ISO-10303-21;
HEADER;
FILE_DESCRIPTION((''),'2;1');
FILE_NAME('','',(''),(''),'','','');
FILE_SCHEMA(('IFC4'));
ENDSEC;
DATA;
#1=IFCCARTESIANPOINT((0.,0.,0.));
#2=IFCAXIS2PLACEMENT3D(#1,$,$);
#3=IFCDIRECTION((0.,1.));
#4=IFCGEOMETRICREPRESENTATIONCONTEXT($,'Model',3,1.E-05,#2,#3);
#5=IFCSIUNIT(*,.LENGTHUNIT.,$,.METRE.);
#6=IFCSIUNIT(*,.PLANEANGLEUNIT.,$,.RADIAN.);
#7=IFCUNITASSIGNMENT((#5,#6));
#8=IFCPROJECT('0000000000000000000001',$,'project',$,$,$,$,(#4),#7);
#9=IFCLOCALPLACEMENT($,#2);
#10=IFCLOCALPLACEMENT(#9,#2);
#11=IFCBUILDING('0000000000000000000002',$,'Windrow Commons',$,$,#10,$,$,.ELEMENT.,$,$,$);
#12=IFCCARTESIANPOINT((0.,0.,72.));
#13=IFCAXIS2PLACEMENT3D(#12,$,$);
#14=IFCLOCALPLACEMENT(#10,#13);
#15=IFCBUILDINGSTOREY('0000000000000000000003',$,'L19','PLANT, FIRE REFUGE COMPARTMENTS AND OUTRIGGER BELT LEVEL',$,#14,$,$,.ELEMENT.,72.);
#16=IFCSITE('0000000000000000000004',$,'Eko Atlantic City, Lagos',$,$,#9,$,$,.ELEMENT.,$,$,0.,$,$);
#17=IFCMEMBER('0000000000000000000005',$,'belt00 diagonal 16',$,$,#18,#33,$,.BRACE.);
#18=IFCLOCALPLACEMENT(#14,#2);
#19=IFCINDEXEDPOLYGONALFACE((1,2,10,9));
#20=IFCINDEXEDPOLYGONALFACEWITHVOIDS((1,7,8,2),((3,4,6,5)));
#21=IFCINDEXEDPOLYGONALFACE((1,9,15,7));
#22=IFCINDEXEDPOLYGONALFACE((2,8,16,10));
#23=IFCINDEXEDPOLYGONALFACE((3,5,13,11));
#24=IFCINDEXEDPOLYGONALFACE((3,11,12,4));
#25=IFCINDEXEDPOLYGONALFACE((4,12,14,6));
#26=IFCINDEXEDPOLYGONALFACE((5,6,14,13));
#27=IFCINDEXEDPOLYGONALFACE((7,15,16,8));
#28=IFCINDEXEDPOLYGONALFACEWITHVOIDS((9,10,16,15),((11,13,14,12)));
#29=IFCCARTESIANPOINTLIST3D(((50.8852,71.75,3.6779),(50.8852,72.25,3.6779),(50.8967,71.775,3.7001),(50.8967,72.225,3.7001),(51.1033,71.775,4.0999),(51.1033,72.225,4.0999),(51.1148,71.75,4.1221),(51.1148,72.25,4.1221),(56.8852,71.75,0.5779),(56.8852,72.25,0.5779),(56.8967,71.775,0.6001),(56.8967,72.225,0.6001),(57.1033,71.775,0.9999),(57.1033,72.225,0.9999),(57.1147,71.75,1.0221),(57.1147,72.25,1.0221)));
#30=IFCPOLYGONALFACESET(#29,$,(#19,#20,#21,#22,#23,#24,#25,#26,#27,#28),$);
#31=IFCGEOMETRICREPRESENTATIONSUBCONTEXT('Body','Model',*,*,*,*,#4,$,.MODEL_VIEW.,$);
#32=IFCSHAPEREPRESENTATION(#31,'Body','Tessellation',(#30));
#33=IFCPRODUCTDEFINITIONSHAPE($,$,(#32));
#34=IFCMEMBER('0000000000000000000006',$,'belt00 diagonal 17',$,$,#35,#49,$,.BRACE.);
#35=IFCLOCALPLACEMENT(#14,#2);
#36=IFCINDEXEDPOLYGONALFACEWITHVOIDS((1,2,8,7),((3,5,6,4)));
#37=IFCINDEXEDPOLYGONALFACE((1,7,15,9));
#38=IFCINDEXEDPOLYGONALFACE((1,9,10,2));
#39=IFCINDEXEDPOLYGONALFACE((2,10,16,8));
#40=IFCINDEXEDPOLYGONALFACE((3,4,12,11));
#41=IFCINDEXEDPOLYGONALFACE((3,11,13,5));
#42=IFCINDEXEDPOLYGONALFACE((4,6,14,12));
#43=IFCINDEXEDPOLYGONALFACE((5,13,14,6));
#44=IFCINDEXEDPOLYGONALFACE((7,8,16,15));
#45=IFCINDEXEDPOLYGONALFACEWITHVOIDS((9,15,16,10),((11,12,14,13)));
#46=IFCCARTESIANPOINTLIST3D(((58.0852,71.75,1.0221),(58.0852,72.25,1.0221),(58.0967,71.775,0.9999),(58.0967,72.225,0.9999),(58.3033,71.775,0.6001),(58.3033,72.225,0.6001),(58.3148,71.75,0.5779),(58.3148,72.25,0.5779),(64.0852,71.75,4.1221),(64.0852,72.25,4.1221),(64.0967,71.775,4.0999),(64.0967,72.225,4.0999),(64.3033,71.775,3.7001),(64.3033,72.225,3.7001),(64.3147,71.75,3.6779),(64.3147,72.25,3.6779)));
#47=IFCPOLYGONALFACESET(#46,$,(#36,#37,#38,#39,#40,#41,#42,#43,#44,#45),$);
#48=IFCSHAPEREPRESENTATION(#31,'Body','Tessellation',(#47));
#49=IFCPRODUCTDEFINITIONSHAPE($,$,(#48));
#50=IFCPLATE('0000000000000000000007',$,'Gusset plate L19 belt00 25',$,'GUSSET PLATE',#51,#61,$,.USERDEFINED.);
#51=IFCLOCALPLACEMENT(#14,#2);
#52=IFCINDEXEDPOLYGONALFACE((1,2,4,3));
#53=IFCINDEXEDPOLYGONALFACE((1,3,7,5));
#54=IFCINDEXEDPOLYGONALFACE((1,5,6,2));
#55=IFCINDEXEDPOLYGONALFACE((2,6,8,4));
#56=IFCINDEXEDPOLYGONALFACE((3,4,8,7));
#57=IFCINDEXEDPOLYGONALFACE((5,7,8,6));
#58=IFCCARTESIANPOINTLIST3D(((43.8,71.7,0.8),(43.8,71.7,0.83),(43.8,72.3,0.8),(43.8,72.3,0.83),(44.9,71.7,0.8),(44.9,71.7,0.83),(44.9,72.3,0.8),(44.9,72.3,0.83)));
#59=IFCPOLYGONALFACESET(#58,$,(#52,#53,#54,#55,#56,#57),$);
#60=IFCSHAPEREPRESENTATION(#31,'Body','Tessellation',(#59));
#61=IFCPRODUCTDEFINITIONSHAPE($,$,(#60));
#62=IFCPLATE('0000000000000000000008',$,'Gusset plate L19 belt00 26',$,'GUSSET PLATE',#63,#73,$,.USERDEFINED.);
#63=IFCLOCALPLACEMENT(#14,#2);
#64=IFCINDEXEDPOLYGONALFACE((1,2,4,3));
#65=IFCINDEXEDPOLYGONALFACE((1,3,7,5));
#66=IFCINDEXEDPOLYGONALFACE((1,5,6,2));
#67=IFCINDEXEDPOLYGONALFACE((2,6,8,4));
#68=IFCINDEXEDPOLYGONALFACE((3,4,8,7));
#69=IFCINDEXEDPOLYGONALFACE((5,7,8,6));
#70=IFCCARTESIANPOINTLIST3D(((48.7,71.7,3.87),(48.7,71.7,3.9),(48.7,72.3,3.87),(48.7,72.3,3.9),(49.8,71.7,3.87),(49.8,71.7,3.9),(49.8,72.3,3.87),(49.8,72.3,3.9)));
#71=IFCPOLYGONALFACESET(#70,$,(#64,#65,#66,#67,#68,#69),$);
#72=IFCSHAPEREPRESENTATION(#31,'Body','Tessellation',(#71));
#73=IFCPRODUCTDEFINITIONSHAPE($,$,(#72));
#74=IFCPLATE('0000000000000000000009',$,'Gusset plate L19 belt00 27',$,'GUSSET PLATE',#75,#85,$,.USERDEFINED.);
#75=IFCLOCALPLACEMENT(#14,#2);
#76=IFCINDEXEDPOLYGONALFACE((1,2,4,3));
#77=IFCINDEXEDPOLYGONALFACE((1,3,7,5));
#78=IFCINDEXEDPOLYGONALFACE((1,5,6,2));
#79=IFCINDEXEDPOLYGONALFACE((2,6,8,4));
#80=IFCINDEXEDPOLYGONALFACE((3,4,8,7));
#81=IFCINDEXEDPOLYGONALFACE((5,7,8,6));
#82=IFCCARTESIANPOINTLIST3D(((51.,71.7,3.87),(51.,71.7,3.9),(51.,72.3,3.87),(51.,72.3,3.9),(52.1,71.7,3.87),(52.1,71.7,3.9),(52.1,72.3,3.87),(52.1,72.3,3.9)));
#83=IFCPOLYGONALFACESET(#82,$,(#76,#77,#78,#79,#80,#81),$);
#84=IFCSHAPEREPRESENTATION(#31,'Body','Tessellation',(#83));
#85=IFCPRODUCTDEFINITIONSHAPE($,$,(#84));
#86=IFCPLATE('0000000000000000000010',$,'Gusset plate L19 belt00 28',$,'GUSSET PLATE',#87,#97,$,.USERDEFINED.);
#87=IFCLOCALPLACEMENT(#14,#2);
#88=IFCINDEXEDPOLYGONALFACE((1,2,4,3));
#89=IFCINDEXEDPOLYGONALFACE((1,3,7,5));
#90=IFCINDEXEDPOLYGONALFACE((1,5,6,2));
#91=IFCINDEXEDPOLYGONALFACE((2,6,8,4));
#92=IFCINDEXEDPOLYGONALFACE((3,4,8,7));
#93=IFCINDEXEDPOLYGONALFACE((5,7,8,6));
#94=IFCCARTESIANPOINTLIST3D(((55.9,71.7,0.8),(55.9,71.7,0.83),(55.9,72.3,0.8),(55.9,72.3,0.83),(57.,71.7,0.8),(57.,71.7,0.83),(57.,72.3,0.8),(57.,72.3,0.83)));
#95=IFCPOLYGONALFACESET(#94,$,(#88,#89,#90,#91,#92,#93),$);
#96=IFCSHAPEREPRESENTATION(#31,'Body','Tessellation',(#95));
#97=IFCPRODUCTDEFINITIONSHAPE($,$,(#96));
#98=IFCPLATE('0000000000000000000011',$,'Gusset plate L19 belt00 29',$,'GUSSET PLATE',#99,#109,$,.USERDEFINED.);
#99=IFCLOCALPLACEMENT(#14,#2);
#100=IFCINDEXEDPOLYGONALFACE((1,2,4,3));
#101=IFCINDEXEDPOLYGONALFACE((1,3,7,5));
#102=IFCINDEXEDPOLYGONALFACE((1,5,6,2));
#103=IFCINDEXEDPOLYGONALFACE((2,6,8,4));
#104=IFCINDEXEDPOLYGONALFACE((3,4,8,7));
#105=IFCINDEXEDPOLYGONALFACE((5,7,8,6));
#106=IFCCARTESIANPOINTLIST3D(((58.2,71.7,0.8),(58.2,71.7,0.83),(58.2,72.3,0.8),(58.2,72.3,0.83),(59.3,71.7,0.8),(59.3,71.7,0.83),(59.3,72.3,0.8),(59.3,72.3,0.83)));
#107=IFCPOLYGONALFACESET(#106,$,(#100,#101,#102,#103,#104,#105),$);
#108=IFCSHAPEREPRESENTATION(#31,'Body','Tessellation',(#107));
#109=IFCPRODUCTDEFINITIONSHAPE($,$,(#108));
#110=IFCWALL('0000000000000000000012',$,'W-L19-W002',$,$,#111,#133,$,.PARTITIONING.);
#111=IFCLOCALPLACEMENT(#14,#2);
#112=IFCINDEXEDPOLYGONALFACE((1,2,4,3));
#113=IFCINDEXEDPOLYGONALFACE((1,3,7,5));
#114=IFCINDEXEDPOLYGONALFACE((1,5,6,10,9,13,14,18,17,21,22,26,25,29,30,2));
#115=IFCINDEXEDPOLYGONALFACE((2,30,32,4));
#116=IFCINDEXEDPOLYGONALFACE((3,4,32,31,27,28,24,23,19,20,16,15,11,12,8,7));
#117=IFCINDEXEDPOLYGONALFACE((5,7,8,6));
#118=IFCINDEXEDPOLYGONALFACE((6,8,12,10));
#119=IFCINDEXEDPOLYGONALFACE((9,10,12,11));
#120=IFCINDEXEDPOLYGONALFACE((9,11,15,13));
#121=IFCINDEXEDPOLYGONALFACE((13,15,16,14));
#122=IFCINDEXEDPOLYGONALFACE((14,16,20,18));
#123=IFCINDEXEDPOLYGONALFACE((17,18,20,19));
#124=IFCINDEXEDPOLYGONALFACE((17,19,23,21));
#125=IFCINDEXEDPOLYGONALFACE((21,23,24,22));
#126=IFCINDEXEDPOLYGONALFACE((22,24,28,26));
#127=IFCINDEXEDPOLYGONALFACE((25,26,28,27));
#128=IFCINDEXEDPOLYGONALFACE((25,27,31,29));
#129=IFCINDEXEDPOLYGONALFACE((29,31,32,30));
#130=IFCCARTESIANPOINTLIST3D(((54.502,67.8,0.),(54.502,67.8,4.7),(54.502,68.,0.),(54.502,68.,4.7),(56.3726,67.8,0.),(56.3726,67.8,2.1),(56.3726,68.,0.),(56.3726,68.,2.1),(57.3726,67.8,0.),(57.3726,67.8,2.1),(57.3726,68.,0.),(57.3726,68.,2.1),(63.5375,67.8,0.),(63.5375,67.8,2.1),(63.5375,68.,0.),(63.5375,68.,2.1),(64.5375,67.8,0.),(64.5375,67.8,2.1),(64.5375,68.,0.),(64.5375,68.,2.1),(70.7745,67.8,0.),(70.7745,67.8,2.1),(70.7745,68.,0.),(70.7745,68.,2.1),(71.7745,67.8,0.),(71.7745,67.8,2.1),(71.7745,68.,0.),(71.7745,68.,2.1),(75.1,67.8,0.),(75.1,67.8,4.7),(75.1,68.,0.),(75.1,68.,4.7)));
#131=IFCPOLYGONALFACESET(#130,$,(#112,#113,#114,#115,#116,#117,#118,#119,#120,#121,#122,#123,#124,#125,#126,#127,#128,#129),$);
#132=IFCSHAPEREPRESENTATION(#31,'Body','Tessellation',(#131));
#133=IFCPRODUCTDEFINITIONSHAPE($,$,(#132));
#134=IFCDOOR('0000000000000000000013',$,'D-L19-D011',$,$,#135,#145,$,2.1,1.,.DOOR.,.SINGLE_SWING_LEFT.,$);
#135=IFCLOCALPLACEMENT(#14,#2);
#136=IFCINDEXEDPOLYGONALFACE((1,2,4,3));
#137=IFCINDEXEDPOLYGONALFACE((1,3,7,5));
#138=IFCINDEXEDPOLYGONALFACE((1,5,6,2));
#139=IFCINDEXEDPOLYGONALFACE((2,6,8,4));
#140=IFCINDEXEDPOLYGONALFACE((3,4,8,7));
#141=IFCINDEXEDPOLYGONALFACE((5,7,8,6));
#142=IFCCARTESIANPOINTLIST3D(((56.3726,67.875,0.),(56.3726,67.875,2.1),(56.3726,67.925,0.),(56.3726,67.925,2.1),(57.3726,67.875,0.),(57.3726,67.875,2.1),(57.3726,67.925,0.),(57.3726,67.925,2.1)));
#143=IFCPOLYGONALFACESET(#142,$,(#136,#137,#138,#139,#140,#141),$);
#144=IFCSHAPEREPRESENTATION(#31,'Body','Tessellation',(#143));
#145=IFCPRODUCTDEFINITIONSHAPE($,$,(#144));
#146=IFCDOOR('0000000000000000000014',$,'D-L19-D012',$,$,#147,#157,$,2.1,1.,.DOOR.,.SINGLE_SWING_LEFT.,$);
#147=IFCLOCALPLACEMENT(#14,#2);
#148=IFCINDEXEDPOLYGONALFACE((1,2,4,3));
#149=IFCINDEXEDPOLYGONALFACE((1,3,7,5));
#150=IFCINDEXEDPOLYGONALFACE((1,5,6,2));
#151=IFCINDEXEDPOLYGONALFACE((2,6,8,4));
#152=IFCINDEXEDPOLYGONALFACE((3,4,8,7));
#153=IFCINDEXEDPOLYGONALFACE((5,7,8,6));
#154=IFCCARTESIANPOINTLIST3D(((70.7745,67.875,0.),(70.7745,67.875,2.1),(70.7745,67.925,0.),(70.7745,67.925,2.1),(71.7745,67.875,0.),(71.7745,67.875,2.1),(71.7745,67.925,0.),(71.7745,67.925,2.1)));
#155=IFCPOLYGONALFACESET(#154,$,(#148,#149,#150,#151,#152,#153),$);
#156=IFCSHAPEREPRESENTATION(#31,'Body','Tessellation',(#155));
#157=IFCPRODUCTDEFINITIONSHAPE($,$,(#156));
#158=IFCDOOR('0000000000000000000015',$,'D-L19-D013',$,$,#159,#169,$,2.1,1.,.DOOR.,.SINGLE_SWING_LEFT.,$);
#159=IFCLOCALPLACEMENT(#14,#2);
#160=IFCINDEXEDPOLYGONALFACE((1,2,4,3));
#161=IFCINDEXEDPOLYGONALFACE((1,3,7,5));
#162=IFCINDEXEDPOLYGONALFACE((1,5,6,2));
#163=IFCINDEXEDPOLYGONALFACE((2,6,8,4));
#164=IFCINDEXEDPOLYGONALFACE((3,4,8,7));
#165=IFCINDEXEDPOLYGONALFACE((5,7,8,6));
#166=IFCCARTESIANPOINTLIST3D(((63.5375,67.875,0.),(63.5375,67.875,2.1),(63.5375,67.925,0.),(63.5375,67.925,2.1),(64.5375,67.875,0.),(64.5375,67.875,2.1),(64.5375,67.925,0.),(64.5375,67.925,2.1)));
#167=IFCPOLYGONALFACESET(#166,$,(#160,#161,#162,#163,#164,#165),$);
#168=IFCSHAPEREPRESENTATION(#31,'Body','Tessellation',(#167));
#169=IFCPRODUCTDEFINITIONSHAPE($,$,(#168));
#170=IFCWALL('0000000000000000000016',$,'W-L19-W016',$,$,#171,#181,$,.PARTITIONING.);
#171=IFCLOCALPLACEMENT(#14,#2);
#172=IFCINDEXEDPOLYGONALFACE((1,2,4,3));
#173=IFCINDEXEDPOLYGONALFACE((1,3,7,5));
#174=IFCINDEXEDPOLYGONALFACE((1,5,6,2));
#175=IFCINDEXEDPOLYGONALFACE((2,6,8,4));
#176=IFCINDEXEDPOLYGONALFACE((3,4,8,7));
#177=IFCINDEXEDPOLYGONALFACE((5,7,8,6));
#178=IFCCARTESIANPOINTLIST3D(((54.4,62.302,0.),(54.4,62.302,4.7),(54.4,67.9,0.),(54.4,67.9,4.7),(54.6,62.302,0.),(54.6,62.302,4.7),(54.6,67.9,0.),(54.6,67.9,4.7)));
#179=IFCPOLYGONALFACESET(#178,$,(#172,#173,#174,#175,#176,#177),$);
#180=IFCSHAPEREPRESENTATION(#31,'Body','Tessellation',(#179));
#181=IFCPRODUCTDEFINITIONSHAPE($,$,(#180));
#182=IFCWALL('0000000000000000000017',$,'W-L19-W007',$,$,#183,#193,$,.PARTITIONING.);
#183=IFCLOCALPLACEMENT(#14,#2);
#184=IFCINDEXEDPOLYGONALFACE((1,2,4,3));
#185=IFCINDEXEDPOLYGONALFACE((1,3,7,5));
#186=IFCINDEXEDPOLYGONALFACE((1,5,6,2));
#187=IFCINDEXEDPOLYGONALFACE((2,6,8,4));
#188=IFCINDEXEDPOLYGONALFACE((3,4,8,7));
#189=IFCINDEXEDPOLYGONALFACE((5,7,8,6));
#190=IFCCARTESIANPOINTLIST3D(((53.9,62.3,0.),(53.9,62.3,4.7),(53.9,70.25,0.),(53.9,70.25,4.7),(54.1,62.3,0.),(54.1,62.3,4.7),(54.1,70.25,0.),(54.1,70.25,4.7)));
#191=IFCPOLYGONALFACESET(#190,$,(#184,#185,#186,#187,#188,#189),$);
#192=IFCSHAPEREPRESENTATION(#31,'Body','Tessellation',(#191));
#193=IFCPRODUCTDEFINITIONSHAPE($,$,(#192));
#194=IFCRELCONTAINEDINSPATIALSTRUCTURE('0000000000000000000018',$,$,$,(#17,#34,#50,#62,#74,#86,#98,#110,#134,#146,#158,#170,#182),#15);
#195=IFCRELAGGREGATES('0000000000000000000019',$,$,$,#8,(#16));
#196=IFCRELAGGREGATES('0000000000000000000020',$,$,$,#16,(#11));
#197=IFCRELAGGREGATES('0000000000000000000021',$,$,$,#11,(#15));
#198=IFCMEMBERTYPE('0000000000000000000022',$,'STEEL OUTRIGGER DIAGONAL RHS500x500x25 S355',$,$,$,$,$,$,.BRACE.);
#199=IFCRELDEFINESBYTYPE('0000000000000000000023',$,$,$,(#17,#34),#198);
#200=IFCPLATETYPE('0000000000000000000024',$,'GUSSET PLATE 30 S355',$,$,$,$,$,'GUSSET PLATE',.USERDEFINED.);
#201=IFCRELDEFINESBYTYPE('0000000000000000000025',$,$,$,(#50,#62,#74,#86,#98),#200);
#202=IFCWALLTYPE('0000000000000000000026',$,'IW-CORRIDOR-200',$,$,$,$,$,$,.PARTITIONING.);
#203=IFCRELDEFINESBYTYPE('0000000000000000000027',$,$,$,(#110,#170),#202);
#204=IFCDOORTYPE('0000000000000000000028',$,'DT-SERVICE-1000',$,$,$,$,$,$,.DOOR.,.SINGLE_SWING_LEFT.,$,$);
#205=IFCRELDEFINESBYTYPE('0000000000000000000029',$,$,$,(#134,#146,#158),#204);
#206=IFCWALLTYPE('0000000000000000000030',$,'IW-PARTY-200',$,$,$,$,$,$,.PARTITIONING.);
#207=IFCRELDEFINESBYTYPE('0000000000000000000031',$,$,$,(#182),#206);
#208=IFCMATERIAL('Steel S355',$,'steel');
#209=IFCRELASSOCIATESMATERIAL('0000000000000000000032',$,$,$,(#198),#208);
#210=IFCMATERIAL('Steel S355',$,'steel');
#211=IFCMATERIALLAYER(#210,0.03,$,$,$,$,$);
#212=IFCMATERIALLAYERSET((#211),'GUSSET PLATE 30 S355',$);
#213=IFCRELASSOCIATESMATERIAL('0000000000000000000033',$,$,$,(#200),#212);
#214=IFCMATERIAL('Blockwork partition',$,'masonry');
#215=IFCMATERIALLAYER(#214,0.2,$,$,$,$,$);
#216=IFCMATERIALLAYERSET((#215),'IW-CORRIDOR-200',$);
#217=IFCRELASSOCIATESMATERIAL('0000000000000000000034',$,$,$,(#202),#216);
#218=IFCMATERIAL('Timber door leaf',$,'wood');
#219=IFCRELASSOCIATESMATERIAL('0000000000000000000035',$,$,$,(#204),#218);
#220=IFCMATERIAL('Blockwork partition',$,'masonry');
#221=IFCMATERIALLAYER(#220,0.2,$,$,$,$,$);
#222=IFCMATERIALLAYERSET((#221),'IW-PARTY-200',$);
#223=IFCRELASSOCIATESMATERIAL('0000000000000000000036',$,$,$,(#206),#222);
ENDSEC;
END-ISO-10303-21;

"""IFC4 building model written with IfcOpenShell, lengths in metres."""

from ifc_helpers import new_model, si_unit, direction, frame, frame_2d, origin, origin_2d, place, context, subcontext, project, spatial, rectangle, hollow_rectangle, extrude, material, layer, layer_set, material_profile, profile_set, type_object, element, fill, save


model = new_model("IFC4")

# Units and contexts
model_context = context("Model", 3, precision=1e-05, world=origin(), true_north=direction((0.0, 1.0)))
body_context = subcontext(model_context, "Body", "Model", "MODEL_VIEW")
ifc_project = project(units=[si_unit("LENGTHUNIT", "METRE"), si_unit("PLANEANGLEUNIT", "RADIAN")], contexts=[model_context])

# Site, building, storey
site_placement = place(None, origin())
site = spatial("IfcSite", under=ifc_project, at=site_placement, Name="Eko Atlantic City, Lagos", CompositionType="ELEMENT", RefElevation=0.0)
building_placement = place(site_placement, origin())
building = spatial("IfcBuilding", under=site, at=building_placement, Name="Windrow Commons", CompositionType="ELEMENT")
storey_placement = place(building_placement, frame((0.0, 0.0, 72.0)))
storey = spatial("IfcBuildingStorey", under=building, at=storey_placement, Name="L19", Description="PLANT, FIRE REFUGE COMPARTMENTS AND OUTRIGGER BELT LEVEL", CompositionType="ELEMENT", Elevation=72.0)

# Members
ifc_material_1 = material(Name="Steel S355", Category="steel")
ifc_material_profile_1 = material_profile(ifc_material_1, hollow_rectangle(XDim=0.5, YDim=0.5, WallThickness=0.025, at=origin_2d()))
ifc_profile_set_1 = profile_set([ifc_material_profile_1], Name="Steel S355")
member_type_1 = type_object("IfcMemberType", Name="STEEL OUTRIGGER DIAGONAL RHS500x500x25 S355", PredefinedType="BRACE", material=ifc_profile_set_1)
for number, where, z_axis, x_axis, name in (
    (1, (51.0, 72.0, 3.9), (0.888426, 0.0, -0.45902), (0.0, 1.0, 0.0), "belt00 diagonal 16"),
    (2, (58.2, 72.0, 0.8), (0.888426, 0.0, 0.45902), (0.0, 1.0, 0.0), "belt00 diagonal 17"),
):
    element("IfcMember", number, at=place(storey_placement, frame(where, z_axis=z_axis, x_axis=x_axis)), inside=storey, type_object=member_type_1, Name=name, PredefinedType="BRACE", context=body_context, shape_type="SweptSolid", body=[
        extrude(hollow_rectangle(XDim=0.5, YDim=0.5, WallThickness=0.025, at=origin_2d()), origin(), (0.0, 0.0, 1.0), 6.7535),
    ])

# Plates
ifc_material_2 = material(Name="Steel S355", Category="steel")
ifc_layer_1 = layer(ifc_material_2, 0.03)
ifc_layer_set_1 = layer_set([ifc_layer_1], Name="GUSSET PLATE 30 S355")
plate_type = type_object("IfcPlateType", Name="GUSSET PLATE 30 S355", ElementType="GUSSET PLATE", PredefinedType="USERDEFINED", material=ifc_layer_set_1)
for number, where, z_axis, x_axis, name in (
    (3, (44.35, 72.0, 0.8), (0.0, 0.0, 1.0), (1.0, 0.0, 0.0), "Gusset plate L19 belt00 25"),
    (4, (49.25, 72.0, 3.87), (0.0, 0.0, 1.0), (1.0, 0.0, 0.0), "Gusset plate L19 belt00 26"),
    (5, (51.55, 72.0, 3.87), (0.0, 0.0, 1.0), (1.0, 0.0, 0.0), "Gusset plate L19 belt00 27"),
    (6, (56.45, 72.0, 0.8), (0.0, 0.0, 1.0), (1.0, 0.0, 0.0), "Gusset plate L19 belt00 28"),
    (7, (58.75, 72.0, 0.8), (0.0, 0.0, 1.0), (1.0, 0.0, 0.0), "Gusset plate L19 belt00 29"),
):
    element("IfcPlate", number, at=place(storey_placement, frame(where, z_axis=z_axis, x_axis=x_axis)), inside=storey, type_object=plate_type, Name=name, ObjectType="GUSSET PLATE", PredefinedType="USERDEFINED", context=body_context, shape_type="SweptSolid", body=[
        extrude(rectangle(XDim=1.1, YDim=0.6, at=origin_2d()), origin(), (0.0, 0.0, 1.0), 0.03),
    ])

# Wall, openings, doors
ifc_material_3 = material(Name="Blockwork partition", Category="masonry")
ifc_layer_2 = layer(ifc_material_3, 0.2)
ifc_layer_set_2 = layer_set([ifc_layer_2], Name="IW-CORRIDOR-200")
wall_type_1 = type_object("IfcWallType", Name="IW-CORRIDOR-200", PredefinedType="PARTITIONING", material=ifc_layer_set_2)
wall_1_placement = place(storey_placement, frame((54.502, 67.9, 0.0), z_axis=(0.0, 0.0, 1.0), x_axis=(1.0, 0.0, 0.0)))
wall_1 = element("IfcWall", 8, at=wall_1_placement, inside=storey, type_object=wall_type_1, Name="W-L19-W002", PredefinedType="PARTITIONING", context=body_context, shape_type="SweptSolid", body=[
    extrude(rectangle(XDim=20.598, YDim=0.2, at=frame_2d((10.299, 0.0))), origin(), (0.0, 0.0, 1.0), 4.7),
])
opening_1_placement = place(wall_1_placement, frame((1.8706, 0.0, 0.0)))
opening_1 = element("IfcOpeningElement", 9, at=opening_1_placement, cuts=wall_1, PredefinedType="OPENING", context=body_context, shape_type="SweptSolid", body=[
    extrude(rectangle(XDim=1.0, YDim=2.1, at=frame_2d((0.5, 1.05))), frame((0.0, 0.11, 0.0), z_axis=(0.0, -1.0, 0.0), x_axis=(1.0, 0.0, 0.0)), (0.0, 0.0, 1.0), 0.22),
])
opening_2_placement = place(wall_1_placement, frame((16.2725, 0.0, 0.0)))
opening_2 = element("IfcOpeningElement", 10, at=opening_2_placement, cuts=wall_1, PredefinedType="OPENING", context=body_context, shape_type="SweptSolid", body=[
    extrude(rectangle(XDim=1.0, YDim=2.1, at=frame_2d((0.5, 1.05))), frame((0.0, 0.11, 0.0), z_axis=(0.0, -1.0, 0.0), x_axis=(1.0, 0.0, 0.0)), (0.0, 0.0, 1.0), 0.22),
])
opening_3_placement = place(wall_1_placement, frame((9.0355, 0.0, 0.0)))
opening_3 = element("IfcOpeningElement", 11, at=opening_3_placement, cuts=wall_1, PredefinedType="OPENING", context=body_context, shape_type="SweptSolid", body=[
    extrude(rectangle(XDim=1.0, YDim=2.1, at=frame_2d((0.5, 1.05))), frame((0.0, 0.11, 0.0), z_axis=(0.0, -1.0, 0.0), x_axis=(1.0, 0.0, 0.0)), (0.0, 0.0, 1.0), 0.22),
])
ifc_material_4 = material(Name="Timber door leaf", Category="wood")
door_type_1 = type_object("IfcDoorType", Name="DT-SERVICE-1000", OperationType="SINGLE_SWING_LEFT", PredefinedType="DOOR", material=ifc_material_4)
door_1_placement = place(opening_1_placement, origin())
door_1 = element("IfcDoor", 12, at=door_1_placement, inside=storey, type_object=door_type_1, Name="D-L19-D011", OperationType="SINGLE_SWING_LEFT", OverallHeight=2.1, OverallWidth=1.0, PredefinedType="DOOR", context=body_context, shape_type="SweptSolid", body=[
    extrude(rectangle(XDim=1.0, YDim=2.1, at=frame_2d((0.5, 1.05))), frame((0.0, 0.025, 0.0), z_axis=(0.0, -1.0, 0.0), x_axis=(1.0, 0.0, 0.0)), (0.0, 0.0, 1.0), 0.05),
])
fill(opening_1, door_1)
door_2_placement = place(opening_2_placement, origin())
door_2 = element("IfcDoor", 13, at=door_2_placement, inside=storey, type_object=door_type_1, Name="D-L19-D012", OperationType="SINGLE_SWING_LEFT", OverallHeight=2.1, OverallWidth=1.0, PredefinedType="DOOR", context=body_context, shape_type="SweptSolid", body=[
    extrude(rectangle(XDim=1.0, YDim=2.1, at=frame_2d((0.5, 1.05))), frame((0.0, 0.025, 0.0), z_axis=(0.0, -1.0, 0.0), x_axis=(1.0, 0.0, 0.0)), (0.0, 0.0, 1.0), 0.05),
])
fill(opening_2, door_2)
door_3_placement = place(opening_3_placement, origin())
door_3 = element("IfcDoor", 14, at=door_3_placement, inside=storey, type_object=door_type_1, Name="D-L19-D013", OperationType="SINGLE_SWING_LEFT", OverallHeight=2.1, OverallWidth=1.0, PredefinedType="DOOR", context=body_context, shape_type="SweptSolid", body=[
    extrude(rectangle(XDim=1.0, YDim=2.1, at=frame_2d((0.5, 1.05))), frame((0.0, 0.025, 0.0), z_axis=(0.0, -1.0, 0.0), x_axis=(1.0, 0.0, 0.0)), (0.0, 0.0, 1.0), 0.05),
])
fill(opening_3, door_3)

# Walls
wall_2_placement = place(storey_placement, frame((54.5, 62.302, 0.0), z_axis=(0.0, 0.0, 1.0), x_axis=(0.0, 1.0, 0.0)))
element("IfcWall", 15, at=wall_2_placement, inside=storey, type_object=wall_type_1, Name="W-L19-W016", PredefinedType="PARTITIONING", context=body_context, shape_type="SweptSolid", body=[
    extrude(rectangle(XDim=5.598, YDim=0.2, at=frame_2d((2.799, 0.0))), origin(), (0.0, 0.0, 1.0), 4.7),
])
ifc_material_5 = material(Name="Blockwork partition", Category="masonry")
ifc_layer_3 = layer(ifc_material_5, 0.2)
ifc_layer_set_3 = layer_set([ifc_layer_3], Name="IW-PARTY-200")
wall_type_2 = type_object("IfcWallType", Name="IW-PARTY-200", PredefinedType="PARTITIONING", material=ifc_layer_set_3)
wall_3_placement = place(storey_placement, frame((54.0, 62.3, 0.0), z_axis=(0.0, 0.0, 1.0), x_axis=(0.0, 1.0, 0.0)))
element("IfcWall", 16, at=wall_3_placement, inside=storey, type_object=wall_type_2, Name="W-L19-W007", PredefinedType="PARTITIONING", context=body_context, shape_type="SweptSolid", body=[
    extrude(rectangle(XDim=7.95, YDim=0.2, at=frame_2d((3.975, 0.0))), origin(), (0.0, 0.0, 1.0), 4.7),
])

save(model, "model.ifc")
